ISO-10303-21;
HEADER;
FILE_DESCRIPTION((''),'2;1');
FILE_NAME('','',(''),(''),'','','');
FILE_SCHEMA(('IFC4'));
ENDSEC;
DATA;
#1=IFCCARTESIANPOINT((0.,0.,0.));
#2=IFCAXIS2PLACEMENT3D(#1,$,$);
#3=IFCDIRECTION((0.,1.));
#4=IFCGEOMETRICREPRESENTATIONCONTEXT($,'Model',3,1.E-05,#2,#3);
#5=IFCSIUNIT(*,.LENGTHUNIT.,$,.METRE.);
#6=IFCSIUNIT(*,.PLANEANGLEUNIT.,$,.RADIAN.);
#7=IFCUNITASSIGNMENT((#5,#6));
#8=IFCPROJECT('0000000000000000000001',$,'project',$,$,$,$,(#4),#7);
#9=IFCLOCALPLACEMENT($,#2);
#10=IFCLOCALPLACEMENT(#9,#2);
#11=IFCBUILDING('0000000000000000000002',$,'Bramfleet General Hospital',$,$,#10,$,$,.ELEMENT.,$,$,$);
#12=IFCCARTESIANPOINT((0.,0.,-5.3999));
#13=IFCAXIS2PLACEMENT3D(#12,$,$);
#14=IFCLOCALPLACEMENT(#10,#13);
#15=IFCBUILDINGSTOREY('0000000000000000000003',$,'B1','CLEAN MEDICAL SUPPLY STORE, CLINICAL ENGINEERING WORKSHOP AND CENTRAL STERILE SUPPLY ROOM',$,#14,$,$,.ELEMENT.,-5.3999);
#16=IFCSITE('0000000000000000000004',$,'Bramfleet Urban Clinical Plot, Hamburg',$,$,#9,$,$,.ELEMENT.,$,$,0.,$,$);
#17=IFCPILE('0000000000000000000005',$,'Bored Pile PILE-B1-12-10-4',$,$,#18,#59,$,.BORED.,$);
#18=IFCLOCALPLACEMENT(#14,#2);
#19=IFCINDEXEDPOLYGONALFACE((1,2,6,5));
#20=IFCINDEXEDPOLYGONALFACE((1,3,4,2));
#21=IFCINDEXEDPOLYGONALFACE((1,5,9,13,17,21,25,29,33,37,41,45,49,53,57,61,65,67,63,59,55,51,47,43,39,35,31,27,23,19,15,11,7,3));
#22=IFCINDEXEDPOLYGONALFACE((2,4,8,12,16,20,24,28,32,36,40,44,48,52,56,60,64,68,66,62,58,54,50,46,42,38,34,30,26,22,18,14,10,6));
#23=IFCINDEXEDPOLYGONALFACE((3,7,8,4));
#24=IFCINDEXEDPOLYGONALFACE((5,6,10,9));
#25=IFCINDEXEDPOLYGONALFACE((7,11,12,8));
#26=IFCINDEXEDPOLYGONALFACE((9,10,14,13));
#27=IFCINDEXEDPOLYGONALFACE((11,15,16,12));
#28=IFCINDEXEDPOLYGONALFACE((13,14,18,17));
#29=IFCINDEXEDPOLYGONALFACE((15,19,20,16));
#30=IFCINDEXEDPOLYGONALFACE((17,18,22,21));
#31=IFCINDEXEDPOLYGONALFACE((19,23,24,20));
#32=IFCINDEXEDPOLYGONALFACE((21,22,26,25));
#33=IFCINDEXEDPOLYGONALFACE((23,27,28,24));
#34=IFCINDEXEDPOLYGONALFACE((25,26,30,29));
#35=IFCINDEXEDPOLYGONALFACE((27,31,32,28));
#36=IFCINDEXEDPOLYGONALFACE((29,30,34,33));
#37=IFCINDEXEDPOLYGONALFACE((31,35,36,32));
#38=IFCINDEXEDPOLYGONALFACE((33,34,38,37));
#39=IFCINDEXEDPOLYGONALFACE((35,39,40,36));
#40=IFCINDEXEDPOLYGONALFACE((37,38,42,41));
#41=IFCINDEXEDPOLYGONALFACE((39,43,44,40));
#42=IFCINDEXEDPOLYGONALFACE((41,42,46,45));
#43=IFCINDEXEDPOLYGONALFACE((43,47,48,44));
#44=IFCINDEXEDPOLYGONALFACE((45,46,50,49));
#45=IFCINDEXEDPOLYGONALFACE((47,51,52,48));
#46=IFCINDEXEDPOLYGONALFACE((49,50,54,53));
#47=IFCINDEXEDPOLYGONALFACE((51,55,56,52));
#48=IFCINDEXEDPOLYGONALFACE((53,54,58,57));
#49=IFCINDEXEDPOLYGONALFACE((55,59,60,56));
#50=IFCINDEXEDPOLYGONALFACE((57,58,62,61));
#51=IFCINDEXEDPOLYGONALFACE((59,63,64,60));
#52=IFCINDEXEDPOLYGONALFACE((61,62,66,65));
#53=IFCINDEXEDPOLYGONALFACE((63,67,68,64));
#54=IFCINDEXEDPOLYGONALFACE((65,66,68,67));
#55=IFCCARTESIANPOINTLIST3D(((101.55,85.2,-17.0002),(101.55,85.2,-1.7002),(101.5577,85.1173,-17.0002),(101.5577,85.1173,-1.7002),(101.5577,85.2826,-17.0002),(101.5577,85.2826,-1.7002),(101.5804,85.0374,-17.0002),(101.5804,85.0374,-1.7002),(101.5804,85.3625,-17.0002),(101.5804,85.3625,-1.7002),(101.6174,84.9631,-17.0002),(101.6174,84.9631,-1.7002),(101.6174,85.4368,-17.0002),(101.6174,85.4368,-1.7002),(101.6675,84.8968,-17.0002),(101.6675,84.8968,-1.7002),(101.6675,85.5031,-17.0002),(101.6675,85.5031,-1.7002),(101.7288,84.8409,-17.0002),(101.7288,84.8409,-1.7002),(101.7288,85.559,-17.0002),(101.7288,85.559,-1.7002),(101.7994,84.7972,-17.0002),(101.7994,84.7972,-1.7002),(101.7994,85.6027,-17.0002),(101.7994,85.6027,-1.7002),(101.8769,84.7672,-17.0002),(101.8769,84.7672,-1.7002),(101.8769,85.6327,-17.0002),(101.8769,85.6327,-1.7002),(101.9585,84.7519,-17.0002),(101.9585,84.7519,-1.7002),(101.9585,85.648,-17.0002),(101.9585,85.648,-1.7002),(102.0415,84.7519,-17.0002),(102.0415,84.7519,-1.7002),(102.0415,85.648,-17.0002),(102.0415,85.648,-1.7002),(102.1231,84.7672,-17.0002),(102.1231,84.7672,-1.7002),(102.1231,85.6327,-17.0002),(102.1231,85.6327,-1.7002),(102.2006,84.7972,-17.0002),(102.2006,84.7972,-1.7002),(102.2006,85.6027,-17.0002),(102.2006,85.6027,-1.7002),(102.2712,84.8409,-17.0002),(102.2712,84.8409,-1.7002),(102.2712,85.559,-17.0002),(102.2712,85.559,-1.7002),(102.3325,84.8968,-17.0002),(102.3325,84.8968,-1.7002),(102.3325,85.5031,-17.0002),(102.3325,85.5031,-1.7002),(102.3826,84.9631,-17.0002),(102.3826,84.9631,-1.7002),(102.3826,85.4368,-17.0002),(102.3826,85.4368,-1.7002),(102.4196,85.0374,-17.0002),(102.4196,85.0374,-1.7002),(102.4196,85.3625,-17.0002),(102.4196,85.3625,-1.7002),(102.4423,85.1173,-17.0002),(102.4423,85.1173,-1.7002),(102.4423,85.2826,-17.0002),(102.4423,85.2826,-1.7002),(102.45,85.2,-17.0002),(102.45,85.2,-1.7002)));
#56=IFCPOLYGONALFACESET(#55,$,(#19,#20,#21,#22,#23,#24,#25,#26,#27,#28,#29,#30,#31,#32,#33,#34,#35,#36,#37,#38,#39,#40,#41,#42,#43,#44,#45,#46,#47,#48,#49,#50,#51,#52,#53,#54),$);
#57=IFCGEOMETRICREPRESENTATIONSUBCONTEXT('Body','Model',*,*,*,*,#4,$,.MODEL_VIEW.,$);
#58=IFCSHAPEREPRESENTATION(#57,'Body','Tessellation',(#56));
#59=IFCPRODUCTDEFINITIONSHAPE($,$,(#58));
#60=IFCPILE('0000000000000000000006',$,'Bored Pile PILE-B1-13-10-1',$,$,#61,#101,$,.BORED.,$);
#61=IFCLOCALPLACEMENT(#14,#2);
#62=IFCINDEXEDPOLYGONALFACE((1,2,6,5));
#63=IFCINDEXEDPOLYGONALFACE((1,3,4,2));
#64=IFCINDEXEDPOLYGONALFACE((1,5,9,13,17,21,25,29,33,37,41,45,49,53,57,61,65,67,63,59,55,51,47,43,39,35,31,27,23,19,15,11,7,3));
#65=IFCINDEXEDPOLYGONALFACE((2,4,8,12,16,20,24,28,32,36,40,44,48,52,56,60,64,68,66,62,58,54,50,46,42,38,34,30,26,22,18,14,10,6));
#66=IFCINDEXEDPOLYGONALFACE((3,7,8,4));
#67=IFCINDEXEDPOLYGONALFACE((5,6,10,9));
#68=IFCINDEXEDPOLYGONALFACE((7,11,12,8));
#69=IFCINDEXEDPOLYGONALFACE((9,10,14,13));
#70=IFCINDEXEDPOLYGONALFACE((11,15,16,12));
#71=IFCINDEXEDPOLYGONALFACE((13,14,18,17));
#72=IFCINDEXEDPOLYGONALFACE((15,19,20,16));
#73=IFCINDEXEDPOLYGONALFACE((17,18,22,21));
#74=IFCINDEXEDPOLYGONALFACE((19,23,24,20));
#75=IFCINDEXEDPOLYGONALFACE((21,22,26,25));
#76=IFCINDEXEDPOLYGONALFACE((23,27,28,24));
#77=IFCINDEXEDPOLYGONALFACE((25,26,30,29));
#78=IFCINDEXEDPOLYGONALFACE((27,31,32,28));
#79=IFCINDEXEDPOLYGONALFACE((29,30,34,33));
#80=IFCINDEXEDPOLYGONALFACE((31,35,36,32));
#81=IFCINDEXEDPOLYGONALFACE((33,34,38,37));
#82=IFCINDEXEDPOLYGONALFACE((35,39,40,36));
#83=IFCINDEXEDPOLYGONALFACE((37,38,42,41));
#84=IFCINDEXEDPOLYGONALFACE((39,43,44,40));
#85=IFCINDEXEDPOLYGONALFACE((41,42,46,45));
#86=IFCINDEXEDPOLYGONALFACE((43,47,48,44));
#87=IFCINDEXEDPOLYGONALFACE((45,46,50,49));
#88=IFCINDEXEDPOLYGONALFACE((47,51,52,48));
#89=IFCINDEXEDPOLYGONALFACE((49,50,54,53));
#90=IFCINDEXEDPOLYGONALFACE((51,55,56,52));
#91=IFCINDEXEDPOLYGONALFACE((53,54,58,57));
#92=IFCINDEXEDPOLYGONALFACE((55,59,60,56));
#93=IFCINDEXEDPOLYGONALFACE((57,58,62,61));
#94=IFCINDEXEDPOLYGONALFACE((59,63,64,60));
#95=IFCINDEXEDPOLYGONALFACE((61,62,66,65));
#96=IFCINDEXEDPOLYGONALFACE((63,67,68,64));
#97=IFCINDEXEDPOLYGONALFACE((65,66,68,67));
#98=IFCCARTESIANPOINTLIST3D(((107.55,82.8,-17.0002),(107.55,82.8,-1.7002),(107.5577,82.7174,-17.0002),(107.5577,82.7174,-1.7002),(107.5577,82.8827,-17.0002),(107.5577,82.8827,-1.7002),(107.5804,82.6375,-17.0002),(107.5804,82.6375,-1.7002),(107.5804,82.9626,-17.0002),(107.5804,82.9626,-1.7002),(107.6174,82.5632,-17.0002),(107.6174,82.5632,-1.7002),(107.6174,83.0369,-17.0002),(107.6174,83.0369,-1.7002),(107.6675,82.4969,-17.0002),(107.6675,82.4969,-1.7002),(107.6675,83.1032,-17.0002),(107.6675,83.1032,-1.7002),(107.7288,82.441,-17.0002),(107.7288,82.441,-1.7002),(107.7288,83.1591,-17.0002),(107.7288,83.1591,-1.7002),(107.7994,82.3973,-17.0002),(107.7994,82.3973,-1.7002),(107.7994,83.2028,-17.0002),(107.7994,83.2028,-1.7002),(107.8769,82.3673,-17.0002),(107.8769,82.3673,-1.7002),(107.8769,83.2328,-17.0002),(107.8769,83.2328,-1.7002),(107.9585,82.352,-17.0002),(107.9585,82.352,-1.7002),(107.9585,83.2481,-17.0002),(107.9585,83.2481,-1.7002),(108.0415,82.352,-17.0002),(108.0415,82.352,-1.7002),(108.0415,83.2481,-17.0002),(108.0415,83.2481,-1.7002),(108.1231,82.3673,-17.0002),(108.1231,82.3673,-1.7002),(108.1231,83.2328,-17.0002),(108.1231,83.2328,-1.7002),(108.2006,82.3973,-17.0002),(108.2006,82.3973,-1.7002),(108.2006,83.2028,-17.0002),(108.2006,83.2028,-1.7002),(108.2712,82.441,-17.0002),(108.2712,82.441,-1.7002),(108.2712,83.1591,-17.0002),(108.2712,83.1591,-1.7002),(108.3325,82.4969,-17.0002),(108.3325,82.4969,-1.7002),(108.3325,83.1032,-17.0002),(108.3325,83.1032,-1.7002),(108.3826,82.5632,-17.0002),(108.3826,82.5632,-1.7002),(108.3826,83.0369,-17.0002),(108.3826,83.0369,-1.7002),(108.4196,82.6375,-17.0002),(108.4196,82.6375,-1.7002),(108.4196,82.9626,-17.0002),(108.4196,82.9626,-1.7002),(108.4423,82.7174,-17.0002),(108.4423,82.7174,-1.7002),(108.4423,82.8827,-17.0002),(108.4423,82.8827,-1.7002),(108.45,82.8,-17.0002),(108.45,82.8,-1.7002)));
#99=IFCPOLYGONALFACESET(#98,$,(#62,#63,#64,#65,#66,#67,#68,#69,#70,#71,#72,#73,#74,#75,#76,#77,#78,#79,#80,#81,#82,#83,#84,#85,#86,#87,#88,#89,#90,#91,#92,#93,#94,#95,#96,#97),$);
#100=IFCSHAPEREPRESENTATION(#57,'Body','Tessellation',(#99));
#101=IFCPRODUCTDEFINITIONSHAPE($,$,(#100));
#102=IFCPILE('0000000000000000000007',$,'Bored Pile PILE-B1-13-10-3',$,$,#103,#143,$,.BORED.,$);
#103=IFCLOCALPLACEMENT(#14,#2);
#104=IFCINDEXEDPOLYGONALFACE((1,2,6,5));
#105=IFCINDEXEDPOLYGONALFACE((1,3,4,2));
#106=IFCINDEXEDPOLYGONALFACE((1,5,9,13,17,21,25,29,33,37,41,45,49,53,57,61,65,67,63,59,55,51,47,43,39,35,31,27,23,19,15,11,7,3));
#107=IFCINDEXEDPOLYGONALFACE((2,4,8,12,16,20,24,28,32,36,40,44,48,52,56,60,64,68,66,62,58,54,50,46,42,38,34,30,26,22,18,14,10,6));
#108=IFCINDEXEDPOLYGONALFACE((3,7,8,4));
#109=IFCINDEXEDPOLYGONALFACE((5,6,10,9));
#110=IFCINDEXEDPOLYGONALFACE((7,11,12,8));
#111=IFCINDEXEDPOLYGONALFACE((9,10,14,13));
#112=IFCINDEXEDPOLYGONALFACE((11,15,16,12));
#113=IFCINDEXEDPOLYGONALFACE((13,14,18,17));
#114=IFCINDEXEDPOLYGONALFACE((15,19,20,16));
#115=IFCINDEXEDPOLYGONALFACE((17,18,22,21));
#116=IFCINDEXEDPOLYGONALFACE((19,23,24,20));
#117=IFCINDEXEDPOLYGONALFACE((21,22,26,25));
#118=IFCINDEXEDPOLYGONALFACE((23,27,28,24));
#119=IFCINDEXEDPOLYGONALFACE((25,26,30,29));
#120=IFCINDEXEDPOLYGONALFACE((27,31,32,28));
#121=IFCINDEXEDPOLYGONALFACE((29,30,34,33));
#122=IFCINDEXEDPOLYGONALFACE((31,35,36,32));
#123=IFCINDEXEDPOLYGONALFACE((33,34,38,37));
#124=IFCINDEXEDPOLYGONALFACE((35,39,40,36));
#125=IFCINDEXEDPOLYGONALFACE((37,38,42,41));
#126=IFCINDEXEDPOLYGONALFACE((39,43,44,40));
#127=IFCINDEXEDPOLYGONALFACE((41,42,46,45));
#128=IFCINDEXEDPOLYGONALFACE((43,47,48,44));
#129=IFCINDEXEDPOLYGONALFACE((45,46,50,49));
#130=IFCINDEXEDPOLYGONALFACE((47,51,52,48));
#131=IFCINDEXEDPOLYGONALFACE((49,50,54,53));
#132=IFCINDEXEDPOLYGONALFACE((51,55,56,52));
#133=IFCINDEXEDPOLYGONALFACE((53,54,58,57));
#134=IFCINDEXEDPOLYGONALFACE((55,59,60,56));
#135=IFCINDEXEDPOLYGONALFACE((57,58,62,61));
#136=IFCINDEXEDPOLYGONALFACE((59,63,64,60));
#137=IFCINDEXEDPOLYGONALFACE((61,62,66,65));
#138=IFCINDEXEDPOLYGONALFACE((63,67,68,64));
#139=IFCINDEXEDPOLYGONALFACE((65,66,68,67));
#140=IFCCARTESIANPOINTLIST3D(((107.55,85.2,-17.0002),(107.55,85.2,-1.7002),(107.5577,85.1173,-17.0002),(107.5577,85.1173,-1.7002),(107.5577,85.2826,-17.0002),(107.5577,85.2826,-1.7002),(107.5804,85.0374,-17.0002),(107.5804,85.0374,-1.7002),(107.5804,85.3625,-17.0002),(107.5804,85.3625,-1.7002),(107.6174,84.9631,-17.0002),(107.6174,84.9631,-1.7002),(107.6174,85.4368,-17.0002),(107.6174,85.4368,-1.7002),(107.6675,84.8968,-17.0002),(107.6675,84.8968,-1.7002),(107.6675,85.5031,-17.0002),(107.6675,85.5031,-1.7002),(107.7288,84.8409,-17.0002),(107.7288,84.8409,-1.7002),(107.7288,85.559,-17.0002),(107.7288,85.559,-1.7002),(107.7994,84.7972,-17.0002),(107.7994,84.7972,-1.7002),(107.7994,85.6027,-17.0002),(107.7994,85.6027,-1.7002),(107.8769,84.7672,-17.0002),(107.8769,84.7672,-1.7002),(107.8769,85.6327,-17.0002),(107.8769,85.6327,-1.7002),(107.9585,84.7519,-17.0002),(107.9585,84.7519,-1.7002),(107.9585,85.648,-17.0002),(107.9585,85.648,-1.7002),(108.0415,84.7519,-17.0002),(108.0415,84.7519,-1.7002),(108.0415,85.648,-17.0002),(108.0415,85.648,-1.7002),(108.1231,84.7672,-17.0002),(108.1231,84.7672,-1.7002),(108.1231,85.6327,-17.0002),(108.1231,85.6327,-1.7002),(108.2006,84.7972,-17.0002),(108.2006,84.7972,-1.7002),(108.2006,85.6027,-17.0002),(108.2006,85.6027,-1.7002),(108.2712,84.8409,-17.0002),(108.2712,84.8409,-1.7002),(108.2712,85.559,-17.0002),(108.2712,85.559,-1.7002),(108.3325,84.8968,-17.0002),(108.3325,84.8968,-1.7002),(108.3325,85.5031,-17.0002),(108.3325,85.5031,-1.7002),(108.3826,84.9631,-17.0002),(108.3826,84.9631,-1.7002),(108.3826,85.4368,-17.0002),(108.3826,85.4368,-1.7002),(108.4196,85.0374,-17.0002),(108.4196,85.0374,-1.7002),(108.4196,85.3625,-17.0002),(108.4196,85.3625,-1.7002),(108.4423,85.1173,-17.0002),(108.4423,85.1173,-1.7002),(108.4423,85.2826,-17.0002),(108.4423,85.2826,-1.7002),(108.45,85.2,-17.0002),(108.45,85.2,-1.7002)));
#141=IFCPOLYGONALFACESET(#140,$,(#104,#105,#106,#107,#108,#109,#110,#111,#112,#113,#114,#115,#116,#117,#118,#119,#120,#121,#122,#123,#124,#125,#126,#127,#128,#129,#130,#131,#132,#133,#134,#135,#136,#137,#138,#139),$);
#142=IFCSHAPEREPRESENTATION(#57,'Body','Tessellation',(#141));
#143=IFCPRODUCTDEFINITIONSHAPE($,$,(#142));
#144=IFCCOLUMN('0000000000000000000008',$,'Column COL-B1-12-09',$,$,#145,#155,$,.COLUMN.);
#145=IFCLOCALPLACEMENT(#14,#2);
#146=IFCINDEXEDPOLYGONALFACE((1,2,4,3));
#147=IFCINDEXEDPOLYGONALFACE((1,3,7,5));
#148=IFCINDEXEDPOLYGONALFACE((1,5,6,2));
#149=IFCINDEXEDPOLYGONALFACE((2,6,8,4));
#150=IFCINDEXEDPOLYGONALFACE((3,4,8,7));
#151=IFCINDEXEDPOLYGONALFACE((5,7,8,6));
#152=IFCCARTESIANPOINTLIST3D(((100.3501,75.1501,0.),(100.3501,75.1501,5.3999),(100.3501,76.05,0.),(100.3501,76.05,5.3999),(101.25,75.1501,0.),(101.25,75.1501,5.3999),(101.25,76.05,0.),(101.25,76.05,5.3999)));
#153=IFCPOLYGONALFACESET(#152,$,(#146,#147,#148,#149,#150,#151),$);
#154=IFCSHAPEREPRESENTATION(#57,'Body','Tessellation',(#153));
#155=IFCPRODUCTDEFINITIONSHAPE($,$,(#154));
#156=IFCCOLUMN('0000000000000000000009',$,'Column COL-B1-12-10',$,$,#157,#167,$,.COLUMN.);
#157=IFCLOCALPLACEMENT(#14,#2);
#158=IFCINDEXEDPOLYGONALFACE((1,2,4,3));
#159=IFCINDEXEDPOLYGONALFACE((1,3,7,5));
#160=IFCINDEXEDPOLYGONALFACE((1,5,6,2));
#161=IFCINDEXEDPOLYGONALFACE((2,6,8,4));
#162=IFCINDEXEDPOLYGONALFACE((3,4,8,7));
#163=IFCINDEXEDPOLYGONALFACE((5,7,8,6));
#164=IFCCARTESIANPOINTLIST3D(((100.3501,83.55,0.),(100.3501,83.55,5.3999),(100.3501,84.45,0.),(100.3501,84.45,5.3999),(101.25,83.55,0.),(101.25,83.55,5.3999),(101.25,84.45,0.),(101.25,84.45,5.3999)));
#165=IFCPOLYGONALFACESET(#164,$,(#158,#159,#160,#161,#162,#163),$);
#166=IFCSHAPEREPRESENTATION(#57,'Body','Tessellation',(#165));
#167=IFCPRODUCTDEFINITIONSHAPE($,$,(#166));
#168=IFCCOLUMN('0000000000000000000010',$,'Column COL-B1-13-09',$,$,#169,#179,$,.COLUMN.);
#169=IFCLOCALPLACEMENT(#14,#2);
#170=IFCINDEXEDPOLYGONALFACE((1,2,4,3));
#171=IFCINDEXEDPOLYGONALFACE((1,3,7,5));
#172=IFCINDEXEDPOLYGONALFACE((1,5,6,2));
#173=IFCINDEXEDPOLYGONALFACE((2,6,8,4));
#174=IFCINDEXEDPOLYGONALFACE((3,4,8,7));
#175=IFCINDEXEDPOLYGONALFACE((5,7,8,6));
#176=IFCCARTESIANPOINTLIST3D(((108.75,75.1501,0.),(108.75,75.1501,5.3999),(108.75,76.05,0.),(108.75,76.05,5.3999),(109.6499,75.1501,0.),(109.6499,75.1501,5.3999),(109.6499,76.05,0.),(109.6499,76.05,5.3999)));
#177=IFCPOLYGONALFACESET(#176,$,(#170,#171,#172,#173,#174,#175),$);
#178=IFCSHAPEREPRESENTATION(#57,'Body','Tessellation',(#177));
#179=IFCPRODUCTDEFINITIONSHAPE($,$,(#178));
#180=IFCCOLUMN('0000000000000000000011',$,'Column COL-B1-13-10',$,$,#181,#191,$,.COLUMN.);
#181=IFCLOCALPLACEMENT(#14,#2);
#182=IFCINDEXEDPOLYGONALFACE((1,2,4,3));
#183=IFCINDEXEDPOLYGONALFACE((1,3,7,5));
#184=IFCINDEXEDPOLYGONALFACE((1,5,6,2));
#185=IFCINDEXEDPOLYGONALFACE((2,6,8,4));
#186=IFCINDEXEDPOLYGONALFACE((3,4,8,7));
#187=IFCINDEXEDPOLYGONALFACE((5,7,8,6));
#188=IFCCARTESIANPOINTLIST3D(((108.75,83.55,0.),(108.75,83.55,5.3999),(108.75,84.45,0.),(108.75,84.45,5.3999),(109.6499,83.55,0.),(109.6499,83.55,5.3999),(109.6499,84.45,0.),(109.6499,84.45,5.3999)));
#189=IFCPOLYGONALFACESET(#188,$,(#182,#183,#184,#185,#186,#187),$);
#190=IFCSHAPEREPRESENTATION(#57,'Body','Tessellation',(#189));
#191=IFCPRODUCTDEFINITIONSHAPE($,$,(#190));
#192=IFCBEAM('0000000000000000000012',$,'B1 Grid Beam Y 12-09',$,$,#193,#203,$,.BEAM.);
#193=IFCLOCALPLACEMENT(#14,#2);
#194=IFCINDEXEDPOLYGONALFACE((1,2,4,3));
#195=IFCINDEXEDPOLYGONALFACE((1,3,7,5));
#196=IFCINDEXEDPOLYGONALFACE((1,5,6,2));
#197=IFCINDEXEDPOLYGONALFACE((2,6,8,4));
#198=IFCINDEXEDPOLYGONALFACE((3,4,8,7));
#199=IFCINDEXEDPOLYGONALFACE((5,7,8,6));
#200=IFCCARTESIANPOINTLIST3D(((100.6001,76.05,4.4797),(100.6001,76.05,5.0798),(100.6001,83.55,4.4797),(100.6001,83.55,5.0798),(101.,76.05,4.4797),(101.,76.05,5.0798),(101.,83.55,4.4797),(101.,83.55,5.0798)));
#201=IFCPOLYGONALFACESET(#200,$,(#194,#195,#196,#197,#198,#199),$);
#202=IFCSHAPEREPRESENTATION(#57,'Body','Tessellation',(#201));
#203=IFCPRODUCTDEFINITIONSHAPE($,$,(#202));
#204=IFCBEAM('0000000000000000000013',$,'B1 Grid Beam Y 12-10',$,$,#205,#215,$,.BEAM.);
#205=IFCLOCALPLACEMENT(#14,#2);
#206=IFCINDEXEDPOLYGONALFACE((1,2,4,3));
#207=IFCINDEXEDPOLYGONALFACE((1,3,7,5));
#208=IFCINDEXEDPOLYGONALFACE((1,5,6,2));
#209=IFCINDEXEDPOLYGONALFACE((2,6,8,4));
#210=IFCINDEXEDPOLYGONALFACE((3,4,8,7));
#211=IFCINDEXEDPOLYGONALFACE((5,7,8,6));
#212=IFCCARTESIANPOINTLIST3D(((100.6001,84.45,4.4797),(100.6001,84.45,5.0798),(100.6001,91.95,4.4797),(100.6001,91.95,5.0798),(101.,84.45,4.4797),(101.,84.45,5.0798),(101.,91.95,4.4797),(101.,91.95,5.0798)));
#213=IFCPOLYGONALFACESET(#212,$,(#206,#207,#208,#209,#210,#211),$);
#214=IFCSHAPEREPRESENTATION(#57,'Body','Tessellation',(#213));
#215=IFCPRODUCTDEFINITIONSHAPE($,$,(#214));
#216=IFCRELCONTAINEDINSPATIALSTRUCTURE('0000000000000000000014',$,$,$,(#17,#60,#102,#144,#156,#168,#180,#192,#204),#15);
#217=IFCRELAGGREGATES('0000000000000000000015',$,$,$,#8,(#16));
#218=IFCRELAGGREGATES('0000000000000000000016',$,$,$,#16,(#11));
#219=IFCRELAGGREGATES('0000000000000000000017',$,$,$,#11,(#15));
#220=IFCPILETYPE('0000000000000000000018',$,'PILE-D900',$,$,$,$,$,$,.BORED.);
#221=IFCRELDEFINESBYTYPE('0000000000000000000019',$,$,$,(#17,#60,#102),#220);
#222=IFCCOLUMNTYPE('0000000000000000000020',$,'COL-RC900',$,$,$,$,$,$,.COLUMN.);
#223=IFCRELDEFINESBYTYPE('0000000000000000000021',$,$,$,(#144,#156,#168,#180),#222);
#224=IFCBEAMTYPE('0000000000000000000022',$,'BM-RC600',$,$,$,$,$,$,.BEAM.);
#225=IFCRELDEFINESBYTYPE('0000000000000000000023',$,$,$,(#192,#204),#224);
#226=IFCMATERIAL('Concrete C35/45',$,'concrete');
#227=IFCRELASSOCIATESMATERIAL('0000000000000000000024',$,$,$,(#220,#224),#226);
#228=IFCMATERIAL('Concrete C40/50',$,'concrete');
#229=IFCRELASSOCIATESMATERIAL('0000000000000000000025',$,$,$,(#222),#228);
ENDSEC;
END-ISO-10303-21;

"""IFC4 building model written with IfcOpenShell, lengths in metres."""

from ifc_helpers import new_model, si_unit, direction, frame, origin, origin_2d, place, context, subcontext, project, spatial, rectangle, circle, extrude, material, material_profile, profile_set, type_object, element, save


model = new_model("IFC4")

# Units and contexts
model_context = context("Model", 3, precision=1e-05, world=origin(), true_north=direction((0.0, 1.0)))
body_context = subcontext(model_context, "Body", "Model", "MODEL_VIEW")
ifc_project = project(units=[si_unit("LENGTHUNIT", "METRE"), si_unit("PLANEANGLEUNIT", "RADIAN")], contexts=[model_context])

# Site, building, storey
site_placement = place(None, origin())
site = spatial("IfcSite", under=ifc_project, at=site_placement, Name="Bramfleet Urban Clinical Plot, Hamburg", CompositionType="ELEMENT", RefElevation=0.0)
building_placement = place(site_placement, origin())
building = spatial("IfcBuilding", under=site, at=building_placement, Name="Bramfleet General Hospital", CompositionType="ELEMENT")
storey_placement = place(building_placement, frame((0.0, 0.0, -5.3999)))
storey = spatial("IfcBuildingStorey", under=building, at=storey_placement, Name="B1", Description="CLEAN MEDICAL SUPPLY STORE, CLINICAL ENGINEERING WORKSHOP AND CENTRAL STERILE SUPPLY ROOM", CompositionType="ELEMENT", Elevation=-5.3999)

# Shared definitions
ifc_material_1 = material(Name="Concrete C35/45", Category="concrete")

# Piles
ifc_material_profile_1 = material_profile(ifc_material_1, circle(Radius=0.45, at=origin_2d()), Name="PILE BORED D900")
ifc_profile_set_1 = profile_set([ifc_material_profile_1], Name="Concrete C35/45")
pile_type_1 = type_object("IfcPileType", Name="PILE-D900", PredefinedType="BORED", material=ifc_profile_set_1)
for number, where, z_axis, x_axis, name in (
    (1, (102.0, 85.2, -1.7002), (0.0, 0.0, -1.0), (1.0, 0.0, 0.0), "Bored Pile PILE-B1-12-10-4"),
    (2, (108.0, 82.8, -1.7002), (0.0, 0.0, -1.0), (1.0, 0.0, 0.0), "Bored Pile PILE-B1-13-10-1"),
    (3, (108.0, 85.2, -1.7002), (0.0, 0.0, -1.0), (1.0, 0.0, 0.0), "Bored Pile PILE-B1-13-10-3"),
):
    element("IfcPile", number, at=place(storey_placement, frame(where, z_axis=z_axis, x_axis=x_axis)), inside=storey, type_object=pile_type_1, Name=name, PredefinedType="BORED", context=body_context, shape_type="SweptSolid", body=[
        extrude(circle(Radius=0.45, at=origin_2d()), origin(), (0.0, 0.0, 1.0), 15.3),
    ])

# Columns
ifc_material_2 = material(Name="Concrete C40/50", Category="concrete")
ifc_material_profile_2 = material_profile(ifc_material_2, rectangle(XDim=0.8999, YDim=0.8999, at=origin_2d()), Name="RC COL 900x900")
ifc_profile_set_2 = profile_set([ifc_material_profile_2], Name="Concrete C40/50")
column_type = type_object("IfcColumnType", Name="COL-RC900", PredefinedType="COLUMN", material=ifc_profile_set_2)
for number, where, z_axis, x_axis, name in (
    (4, (100.8, 75.6001, 0.0), (0.0, 0.0, 1.0), (1.0, 0.0, 0.0), "Column COL-B1-12-09"),
    (5, (100.8, 84.0, 0.0), (0.0, 0.0, 1.0), (1.0, 0.0, 0.0), "Column COL-B1-12-10"),
    (6, (109.2, 75.6001, 0.0), (0.0, 0.0, 1.0), (1.0, 0.0, 0.0), "Column COL-B1-13-09"),
    (7, (109.2, 84.0, 0.0), (0.0, 0.0, 1.0), (1.0, 0.0, 0.0), "Column COL-B1-13-10"),
):
    element("IfcColumn", number, at=place(storey_placement, frame(where, z_axis=z_axis, x_axis=x_axis)), inside=storey, type_object=column_type, Name=name, PredefinedType="COLUMN", context=body_context, shape_type="SweptSolid", body=[
        extrude(rectangle(XDim=0.8999, YDim=0.8999, at=origin_2d()), origin(), (0.0, 0.0, 1.0), 5.3999),
    ])

# Beams
ifc_material_profile_3 = material_profile(ifc_material_1, rectangle(XDim=0.3999, YDim=0.6001, at=origin_2d()), Name="RC BM 600x400")
ifc_profile_set_3 = profile_set([ifc_material_profile_3], Name="Concrete C35/45")
beam_type_1 = type_object("IfcBeamType", Name="BM-RC600", PredefinedType="BEAM", material=ifc_profile_set_3)
for number, where, z_axis, x_axis, name in (
    (8, (100.8, 76.05, 4.7798), (0.0, 1.0, 0.0), (-1.0, 0.0, 0.0), "B1 Grid Beam Y 12-09"),
    (9, (100.8, 84.45, 4.7798), (0.0, 1.0, 0.0), (-1.0, 0.0, 0.0), "B1 Grid Beam Y 12-10"),
):
    element("IfcBeam", number, at=place(storey_placement, frame(where, z_axis=z_axis, x_axis=x_axis)), inside=storey, type_object=beam_type_1, Name=name, PredefinedType="BEAM", context=body_context, shape_type="SweptSolid", body=[
        extrude(rectangle(XDim=0.3999, YDim=0.6001, at=origin_2d()), origin(), (0.0, 0.0, 1.0), 7.5),
    ])

save(model, "model.ifc")
